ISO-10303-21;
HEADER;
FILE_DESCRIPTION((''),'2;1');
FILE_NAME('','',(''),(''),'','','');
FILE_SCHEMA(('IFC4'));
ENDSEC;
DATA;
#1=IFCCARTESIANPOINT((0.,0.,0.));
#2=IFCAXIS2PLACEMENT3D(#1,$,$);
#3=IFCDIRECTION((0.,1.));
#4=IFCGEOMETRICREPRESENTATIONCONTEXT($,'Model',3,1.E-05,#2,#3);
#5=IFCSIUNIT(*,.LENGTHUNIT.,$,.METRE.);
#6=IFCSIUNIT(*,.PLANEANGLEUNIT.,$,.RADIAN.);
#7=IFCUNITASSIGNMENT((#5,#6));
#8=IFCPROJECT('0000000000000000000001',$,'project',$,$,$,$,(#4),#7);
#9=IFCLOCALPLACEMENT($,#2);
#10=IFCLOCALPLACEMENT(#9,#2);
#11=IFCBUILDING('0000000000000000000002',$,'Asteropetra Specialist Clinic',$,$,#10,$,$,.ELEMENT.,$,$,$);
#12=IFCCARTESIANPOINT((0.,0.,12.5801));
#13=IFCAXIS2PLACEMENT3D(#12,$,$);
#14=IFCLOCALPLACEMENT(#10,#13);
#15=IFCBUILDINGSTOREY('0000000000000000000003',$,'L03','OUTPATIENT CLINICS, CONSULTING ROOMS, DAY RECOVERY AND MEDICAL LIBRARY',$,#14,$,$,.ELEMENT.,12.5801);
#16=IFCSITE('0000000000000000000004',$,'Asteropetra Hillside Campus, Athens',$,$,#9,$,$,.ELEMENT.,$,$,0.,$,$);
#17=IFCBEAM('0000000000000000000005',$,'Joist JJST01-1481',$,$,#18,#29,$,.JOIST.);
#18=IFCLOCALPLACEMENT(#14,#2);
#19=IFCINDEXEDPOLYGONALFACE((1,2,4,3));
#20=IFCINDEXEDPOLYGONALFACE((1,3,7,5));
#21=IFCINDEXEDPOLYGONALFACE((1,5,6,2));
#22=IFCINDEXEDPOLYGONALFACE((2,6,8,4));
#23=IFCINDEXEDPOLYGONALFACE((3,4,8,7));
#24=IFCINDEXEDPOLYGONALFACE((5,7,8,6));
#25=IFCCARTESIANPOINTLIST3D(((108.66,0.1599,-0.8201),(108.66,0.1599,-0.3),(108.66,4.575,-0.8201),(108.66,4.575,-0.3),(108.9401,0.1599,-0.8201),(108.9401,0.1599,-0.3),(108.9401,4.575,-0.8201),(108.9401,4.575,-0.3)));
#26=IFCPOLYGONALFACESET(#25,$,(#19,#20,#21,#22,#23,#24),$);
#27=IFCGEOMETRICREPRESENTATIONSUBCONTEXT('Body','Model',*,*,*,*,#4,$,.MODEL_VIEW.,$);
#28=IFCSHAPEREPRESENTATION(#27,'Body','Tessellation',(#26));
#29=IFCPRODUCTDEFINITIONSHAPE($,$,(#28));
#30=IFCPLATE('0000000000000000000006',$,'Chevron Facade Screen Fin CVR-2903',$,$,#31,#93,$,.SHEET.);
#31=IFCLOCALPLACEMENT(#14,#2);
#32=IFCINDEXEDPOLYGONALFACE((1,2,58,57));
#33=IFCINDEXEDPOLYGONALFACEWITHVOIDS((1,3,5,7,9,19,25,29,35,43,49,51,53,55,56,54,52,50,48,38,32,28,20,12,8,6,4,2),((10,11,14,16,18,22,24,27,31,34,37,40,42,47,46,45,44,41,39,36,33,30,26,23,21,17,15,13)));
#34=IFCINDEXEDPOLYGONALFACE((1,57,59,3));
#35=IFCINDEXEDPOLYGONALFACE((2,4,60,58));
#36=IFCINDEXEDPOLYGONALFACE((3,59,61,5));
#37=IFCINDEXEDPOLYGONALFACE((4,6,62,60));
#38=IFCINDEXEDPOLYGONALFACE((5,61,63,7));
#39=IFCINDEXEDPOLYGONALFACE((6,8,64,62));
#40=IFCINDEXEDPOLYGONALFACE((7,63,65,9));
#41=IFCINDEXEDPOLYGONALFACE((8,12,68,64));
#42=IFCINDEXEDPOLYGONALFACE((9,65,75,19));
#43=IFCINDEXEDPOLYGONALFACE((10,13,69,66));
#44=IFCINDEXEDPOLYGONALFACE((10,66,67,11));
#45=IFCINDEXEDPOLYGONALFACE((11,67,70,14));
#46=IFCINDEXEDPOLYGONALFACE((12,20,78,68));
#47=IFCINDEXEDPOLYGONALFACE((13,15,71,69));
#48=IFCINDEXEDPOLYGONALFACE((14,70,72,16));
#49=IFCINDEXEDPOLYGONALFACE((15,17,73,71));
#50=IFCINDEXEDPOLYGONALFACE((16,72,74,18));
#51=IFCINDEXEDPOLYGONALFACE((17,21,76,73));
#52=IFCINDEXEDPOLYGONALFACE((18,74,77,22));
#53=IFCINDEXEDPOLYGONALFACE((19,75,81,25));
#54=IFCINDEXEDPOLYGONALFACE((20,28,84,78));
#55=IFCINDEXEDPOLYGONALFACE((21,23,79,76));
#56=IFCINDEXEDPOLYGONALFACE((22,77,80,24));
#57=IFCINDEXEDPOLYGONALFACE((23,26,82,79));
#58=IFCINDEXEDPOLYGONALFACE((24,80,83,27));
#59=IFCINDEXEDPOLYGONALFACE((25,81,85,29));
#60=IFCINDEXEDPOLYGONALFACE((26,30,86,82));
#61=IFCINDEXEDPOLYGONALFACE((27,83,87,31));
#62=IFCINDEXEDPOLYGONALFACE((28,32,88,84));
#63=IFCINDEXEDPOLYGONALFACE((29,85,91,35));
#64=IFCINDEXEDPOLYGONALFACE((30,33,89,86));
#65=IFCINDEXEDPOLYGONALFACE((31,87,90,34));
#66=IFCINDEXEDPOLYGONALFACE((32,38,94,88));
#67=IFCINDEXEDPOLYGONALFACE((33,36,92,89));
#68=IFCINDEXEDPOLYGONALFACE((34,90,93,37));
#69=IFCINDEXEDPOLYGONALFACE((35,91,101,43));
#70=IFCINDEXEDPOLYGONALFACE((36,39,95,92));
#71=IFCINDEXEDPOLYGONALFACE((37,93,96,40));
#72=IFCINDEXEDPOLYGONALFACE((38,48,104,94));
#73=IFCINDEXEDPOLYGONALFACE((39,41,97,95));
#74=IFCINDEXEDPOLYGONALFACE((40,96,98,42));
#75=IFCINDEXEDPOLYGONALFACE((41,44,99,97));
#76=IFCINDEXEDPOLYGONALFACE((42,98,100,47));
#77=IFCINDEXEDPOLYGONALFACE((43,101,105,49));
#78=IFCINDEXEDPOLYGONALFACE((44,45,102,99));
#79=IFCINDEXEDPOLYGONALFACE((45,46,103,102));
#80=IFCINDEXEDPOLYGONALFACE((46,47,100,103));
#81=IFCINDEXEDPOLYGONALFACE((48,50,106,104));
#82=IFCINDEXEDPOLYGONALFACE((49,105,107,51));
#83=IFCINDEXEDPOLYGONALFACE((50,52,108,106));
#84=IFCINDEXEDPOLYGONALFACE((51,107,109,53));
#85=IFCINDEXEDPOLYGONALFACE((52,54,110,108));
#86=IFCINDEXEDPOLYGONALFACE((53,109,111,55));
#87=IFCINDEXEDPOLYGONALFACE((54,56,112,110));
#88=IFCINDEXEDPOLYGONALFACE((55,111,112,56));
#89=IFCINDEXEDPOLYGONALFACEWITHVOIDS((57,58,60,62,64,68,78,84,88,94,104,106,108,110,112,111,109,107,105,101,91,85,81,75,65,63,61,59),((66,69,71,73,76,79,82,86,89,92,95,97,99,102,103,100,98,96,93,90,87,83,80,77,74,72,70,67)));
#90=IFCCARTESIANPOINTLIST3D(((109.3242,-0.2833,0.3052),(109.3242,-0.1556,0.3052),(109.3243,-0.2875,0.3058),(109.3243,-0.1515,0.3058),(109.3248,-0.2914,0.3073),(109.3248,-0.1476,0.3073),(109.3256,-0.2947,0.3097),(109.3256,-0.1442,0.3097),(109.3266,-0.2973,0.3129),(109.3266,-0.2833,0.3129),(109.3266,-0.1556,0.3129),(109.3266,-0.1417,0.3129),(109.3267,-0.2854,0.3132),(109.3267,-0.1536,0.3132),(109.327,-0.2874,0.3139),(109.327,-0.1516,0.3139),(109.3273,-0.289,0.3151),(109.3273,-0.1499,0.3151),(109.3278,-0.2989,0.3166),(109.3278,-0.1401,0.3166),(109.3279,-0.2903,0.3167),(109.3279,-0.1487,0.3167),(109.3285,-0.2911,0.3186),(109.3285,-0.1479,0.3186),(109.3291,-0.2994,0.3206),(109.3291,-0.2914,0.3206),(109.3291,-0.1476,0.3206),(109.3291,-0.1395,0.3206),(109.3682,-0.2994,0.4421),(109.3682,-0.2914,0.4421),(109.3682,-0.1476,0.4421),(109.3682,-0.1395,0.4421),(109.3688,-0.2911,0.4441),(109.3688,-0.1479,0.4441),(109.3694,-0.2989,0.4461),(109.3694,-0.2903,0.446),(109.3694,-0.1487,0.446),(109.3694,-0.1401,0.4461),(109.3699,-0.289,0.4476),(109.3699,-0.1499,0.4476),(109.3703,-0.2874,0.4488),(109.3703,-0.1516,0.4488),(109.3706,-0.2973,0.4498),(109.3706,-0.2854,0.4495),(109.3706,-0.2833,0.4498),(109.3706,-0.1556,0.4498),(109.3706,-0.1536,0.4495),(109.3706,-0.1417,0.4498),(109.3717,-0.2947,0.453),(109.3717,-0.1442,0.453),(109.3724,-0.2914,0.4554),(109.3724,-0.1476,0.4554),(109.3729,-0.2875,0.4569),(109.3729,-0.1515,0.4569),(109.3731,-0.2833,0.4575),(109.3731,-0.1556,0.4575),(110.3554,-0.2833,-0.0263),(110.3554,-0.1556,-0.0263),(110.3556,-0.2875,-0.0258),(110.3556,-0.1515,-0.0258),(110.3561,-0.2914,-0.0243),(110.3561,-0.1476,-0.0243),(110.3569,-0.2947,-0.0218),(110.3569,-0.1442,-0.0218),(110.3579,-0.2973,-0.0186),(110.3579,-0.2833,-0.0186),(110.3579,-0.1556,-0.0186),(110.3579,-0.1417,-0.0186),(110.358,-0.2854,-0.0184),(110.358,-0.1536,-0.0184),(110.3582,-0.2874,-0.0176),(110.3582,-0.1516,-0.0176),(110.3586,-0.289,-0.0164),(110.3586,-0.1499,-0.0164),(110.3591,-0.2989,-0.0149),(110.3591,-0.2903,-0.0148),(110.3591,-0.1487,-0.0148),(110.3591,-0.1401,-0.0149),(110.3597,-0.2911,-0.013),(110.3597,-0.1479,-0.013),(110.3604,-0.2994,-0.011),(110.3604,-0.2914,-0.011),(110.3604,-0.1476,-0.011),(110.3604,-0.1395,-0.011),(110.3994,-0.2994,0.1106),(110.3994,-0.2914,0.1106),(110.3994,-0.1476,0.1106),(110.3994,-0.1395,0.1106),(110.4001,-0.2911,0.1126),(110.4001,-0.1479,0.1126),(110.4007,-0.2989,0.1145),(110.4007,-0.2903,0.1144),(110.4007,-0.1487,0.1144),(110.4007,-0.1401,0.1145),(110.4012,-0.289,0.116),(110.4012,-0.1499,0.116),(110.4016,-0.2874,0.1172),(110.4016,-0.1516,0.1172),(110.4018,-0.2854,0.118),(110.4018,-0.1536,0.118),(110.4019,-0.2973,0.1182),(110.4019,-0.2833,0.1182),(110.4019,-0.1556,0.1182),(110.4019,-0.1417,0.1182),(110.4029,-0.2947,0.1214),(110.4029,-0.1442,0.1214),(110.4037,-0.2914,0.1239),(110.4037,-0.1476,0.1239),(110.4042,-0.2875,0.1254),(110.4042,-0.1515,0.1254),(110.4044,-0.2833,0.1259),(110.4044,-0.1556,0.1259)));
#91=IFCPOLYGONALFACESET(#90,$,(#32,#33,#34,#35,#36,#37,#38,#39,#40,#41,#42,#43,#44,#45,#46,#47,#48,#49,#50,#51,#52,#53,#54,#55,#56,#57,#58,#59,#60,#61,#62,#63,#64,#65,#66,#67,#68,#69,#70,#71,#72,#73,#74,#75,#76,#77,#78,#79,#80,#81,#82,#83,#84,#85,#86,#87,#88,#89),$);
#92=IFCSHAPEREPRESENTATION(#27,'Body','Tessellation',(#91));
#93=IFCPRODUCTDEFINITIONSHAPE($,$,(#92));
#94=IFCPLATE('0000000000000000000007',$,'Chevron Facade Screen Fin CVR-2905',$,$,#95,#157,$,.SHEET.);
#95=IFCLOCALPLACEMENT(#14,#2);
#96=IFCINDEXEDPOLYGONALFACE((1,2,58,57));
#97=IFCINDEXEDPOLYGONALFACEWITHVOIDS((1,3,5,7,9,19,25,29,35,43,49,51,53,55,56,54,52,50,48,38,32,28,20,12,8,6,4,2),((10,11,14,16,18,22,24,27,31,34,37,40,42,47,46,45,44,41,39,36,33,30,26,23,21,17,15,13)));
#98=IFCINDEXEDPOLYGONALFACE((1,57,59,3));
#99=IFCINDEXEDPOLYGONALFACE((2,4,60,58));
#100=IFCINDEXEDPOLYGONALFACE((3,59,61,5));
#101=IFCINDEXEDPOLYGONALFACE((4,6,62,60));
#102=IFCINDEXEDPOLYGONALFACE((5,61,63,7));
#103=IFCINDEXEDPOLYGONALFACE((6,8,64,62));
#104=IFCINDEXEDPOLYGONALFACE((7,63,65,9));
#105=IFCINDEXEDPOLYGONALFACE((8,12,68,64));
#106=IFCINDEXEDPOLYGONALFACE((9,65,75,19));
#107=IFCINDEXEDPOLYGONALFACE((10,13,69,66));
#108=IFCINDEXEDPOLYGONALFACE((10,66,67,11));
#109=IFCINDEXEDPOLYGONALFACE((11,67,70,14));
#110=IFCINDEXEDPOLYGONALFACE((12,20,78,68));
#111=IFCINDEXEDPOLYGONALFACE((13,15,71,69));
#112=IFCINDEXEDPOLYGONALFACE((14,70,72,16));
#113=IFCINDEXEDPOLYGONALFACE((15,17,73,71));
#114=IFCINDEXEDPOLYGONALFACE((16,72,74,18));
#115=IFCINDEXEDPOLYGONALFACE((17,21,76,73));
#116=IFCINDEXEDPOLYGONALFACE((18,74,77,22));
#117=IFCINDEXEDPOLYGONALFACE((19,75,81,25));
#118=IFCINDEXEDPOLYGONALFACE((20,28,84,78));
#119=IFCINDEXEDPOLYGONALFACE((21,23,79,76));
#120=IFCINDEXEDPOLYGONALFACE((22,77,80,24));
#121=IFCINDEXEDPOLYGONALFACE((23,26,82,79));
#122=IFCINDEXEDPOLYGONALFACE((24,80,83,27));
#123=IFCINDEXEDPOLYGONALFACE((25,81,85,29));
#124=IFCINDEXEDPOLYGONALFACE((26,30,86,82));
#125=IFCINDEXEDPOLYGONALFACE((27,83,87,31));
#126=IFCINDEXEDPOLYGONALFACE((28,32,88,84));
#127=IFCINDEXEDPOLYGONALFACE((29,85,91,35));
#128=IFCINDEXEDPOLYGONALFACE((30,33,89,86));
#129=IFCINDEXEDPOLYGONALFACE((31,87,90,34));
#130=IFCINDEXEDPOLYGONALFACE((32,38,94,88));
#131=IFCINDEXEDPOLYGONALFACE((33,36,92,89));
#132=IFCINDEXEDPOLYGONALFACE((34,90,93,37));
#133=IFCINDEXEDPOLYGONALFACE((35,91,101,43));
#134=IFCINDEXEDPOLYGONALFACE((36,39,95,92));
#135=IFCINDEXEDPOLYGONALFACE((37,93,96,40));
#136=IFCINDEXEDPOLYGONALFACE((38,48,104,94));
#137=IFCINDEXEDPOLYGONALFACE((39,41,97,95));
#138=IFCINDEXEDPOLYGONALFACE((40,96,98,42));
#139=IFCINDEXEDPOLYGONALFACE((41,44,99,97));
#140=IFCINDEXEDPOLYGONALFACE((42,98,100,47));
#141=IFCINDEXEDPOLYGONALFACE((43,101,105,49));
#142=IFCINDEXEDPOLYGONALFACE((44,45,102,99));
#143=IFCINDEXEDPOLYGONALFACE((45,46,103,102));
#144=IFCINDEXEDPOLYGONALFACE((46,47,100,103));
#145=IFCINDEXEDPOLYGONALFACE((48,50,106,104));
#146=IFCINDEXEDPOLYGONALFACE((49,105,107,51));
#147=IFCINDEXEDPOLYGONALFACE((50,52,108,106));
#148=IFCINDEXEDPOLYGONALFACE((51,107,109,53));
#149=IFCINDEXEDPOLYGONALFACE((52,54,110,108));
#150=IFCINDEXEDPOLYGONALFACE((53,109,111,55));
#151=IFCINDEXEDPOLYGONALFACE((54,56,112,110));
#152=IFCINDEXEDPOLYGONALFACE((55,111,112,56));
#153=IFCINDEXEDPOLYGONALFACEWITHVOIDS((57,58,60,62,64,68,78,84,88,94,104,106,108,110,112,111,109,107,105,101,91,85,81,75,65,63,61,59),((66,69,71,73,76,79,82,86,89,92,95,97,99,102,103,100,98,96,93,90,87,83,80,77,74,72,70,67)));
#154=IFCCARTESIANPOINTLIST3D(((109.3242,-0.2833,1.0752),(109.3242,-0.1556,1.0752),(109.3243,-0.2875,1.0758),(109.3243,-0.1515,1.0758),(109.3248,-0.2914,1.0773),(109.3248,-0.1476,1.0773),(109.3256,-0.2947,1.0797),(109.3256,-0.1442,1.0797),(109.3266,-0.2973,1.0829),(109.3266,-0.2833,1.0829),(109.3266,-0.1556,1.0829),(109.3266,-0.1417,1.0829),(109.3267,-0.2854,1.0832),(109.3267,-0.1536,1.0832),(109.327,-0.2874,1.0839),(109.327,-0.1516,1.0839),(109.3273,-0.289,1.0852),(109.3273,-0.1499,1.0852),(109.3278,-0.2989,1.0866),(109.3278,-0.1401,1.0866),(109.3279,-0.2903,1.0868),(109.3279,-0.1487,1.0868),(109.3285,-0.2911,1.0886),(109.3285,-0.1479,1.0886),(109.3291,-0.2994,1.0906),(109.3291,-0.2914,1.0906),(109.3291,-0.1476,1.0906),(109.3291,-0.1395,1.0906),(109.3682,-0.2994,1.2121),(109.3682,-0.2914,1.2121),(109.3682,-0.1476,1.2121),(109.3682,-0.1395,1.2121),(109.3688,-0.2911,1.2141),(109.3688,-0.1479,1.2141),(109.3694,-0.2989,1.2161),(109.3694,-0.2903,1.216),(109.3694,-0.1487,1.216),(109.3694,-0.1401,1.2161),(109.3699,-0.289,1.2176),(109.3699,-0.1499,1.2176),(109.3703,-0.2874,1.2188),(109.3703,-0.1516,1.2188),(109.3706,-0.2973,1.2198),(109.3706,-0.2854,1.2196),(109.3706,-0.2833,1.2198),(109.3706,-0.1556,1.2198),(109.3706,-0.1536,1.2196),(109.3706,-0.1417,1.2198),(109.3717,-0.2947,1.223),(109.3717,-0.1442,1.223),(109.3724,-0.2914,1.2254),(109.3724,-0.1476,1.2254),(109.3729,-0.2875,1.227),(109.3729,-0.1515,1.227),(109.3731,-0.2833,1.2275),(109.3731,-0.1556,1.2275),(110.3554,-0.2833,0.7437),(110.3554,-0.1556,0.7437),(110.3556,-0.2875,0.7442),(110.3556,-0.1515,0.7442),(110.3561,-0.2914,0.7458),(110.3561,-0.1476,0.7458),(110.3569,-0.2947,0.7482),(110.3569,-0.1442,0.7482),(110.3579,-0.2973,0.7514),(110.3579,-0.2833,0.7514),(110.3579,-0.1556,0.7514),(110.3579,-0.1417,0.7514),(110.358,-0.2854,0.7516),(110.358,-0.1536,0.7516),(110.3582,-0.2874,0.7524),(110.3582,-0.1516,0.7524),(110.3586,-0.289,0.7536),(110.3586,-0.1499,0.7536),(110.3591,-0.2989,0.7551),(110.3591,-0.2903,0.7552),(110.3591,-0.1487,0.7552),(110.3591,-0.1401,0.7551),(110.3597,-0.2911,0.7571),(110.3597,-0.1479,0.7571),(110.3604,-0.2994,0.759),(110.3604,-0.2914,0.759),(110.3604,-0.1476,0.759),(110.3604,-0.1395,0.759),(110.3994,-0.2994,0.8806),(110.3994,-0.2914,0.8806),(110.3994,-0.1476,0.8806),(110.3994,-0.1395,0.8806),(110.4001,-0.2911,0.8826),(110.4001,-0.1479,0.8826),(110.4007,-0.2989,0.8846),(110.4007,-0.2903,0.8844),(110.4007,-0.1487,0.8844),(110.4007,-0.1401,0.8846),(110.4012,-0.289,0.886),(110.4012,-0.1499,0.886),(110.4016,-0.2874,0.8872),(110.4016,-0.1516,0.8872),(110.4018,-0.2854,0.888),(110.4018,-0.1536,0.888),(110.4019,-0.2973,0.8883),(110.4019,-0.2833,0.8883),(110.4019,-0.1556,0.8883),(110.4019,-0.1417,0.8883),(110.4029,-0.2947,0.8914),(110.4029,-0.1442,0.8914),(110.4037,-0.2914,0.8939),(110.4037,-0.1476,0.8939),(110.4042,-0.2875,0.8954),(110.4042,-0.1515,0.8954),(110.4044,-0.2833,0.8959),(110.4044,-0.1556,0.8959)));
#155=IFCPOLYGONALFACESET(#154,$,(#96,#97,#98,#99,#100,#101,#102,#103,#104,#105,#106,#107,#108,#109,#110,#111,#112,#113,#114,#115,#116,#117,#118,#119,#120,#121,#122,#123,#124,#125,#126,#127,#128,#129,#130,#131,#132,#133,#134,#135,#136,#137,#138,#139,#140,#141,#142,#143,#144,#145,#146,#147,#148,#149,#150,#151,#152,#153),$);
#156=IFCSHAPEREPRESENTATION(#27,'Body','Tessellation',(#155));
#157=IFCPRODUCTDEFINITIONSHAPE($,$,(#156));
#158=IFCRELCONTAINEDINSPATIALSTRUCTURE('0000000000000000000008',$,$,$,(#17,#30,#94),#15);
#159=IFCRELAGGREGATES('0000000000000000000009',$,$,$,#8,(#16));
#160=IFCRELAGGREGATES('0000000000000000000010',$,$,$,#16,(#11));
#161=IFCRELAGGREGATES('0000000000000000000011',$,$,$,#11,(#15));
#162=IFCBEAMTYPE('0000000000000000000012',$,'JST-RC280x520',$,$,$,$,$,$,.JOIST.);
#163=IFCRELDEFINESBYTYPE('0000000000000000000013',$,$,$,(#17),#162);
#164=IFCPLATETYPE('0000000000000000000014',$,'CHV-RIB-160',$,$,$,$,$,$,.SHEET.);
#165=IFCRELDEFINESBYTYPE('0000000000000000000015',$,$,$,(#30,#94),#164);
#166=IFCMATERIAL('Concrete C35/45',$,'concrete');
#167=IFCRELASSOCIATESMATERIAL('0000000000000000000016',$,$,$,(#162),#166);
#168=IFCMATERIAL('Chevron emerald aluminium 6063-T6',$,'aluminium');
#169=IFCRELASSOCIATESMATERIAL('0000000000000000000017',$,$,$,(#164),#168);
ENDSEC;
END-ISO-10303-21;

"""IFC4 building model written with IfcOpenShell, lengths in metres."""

from ifc_helpers import new_model, si_unit, direction, frame, origin, origin_2d, place, context, subcontext, project, spatial, rectangle, hollow_rectangle, extrude, material, material_profile, profile_set, type_object, element, save


model = new_model("IFC4")

# Units and contexts
model_context = context("Model", 3, precision=1e-05, world=origin(), true_north=direction((0.0, 1.0)))
body_context = subcontext(model_context, "Body", "Model", "MODEL_VIEW")
ifc_project = project(units=[si_unit("LENGTHUNIT", "METRE"), si_unit("PLANEANGLEUNIT", "RADIAN")], contexts=[model_context])

# Site, building, storey
site_placement = place(None, origin())
site = spatial("IfcSite", under=ifc_project, at=site_placement, Name="Asteropetra Hillside Campus, Athens", CompositionType="ELEMENT", RefElevation=0.0)
building_placement = place(site_placement, origin())
building = spatial("IfcBuilding", under=site, at=building_placement, Name="Asteropetra Specialist Clinic", CompositionType="ELEMENT")
storey_placement = place(building_placement, frame((0.0, 0.0, 12.5801)))
storey = spatial("IfcBuildingStorey", under=building, at=storey_placement, Name="L03", Description="OUTPATIENT CLINICS, CONSULTING ROOMS, DAY RECOVERY AND MEDICAL LIBRARY", CompositionType="ELEMENT", Elevation=12.5801)

# Beam
ifc_material_1 = material(Name="Concrete C35/45", Category="concrete")
ifc_material_profile_1 = material_profile(ifc_material_1, rectangle(XDim=0.28, YDim=0.52, at=origin_2d()), Name="RCJ 280x520")
ifc_profile_set_1 = profile_set([ifc_material_profile_1], Name="Concrete C35/45")
beam_type = type_object("IfcBeamType", Name="JST-RC280x520", PredefinedType="JOIST", material=ifc_profile_set_1)
beam_placement = place(storey_placement, frame((108.8, 0.1599, -0.5601), z_axis=(0.0, 1.0, 0.0), x_axis=(-1.0, 0.0, 0.0)))
element("IfcBeam", 1, at=beam_placement, inside=storey, type_object=beam_type, Name="Joist JJST01-1481", PredefinedType="JOIST", context=body_context, shape_type="SweptSolid", body=[
    extrude(rectangle(XDim=0.28, YDim=0.52, at=origin_2d()), origin(), (0.0, 0.0, 1.0), 4.415),
])

# Plates
ifc_material_2 = material(Name="Chevron emerald aluminium 6063-T6", Category="aluminium")
ifc_material_profile_2 = material_profile(ifc_material_2, hollow_rectangle(XDim=0.1599, YDim=0.1599, WallThickness=0.0081, InnerFilletRadius=0.0081, OuterFilletRadius=0.0161, at=origin_2d()), Name="SHS 160x160x8.0")
ifc_profile_set_2 = profile_set([ifc_material_profile_2], Name="Chevron emerald aluminium 6063-T6")
plate_type_1 = type_object("IfcPlateType", Name="CHV-RIB-160", PredefinedType="SHEET", material=ifc_profile_set_2)
for number, where, z_axis, x_axis, name in (
    (2, (109.3486, -0.2195, 0.3813), (0.95201, 0.0, -0.306068), (0.0, 1.0, 0.0), "Chevron Facade Screen Fin CVR-2903"),
    (3, (109.3486, -0.2195, 1.1514), (0.95201, 0.0, -0.306068), (0.0, 1.0, 0.0), "Chevron Facade Screen Fin CVR-2905"),
):
    element("IfcPlate", number, at=place(storey_placement, frame(where, z_axis=z_axis, x_axis=x_axis)), inside=storey, type_object=plate_type_1, Name=name, PredefinedType="SHEET", context=body_context, shape_type="SweptSolid", body=[
        extrude(hollow_rectangle(XDim=0.1599, YDim=0.1599, WallThickness=0.0081, InnerFilletRadius=0.0081, OuterFilletRadius=0.0161, at=origin_2d()), origin(), (0.0, 0.0, 1.0), 1.0833),
    ])

save(model, "model.ifc")
